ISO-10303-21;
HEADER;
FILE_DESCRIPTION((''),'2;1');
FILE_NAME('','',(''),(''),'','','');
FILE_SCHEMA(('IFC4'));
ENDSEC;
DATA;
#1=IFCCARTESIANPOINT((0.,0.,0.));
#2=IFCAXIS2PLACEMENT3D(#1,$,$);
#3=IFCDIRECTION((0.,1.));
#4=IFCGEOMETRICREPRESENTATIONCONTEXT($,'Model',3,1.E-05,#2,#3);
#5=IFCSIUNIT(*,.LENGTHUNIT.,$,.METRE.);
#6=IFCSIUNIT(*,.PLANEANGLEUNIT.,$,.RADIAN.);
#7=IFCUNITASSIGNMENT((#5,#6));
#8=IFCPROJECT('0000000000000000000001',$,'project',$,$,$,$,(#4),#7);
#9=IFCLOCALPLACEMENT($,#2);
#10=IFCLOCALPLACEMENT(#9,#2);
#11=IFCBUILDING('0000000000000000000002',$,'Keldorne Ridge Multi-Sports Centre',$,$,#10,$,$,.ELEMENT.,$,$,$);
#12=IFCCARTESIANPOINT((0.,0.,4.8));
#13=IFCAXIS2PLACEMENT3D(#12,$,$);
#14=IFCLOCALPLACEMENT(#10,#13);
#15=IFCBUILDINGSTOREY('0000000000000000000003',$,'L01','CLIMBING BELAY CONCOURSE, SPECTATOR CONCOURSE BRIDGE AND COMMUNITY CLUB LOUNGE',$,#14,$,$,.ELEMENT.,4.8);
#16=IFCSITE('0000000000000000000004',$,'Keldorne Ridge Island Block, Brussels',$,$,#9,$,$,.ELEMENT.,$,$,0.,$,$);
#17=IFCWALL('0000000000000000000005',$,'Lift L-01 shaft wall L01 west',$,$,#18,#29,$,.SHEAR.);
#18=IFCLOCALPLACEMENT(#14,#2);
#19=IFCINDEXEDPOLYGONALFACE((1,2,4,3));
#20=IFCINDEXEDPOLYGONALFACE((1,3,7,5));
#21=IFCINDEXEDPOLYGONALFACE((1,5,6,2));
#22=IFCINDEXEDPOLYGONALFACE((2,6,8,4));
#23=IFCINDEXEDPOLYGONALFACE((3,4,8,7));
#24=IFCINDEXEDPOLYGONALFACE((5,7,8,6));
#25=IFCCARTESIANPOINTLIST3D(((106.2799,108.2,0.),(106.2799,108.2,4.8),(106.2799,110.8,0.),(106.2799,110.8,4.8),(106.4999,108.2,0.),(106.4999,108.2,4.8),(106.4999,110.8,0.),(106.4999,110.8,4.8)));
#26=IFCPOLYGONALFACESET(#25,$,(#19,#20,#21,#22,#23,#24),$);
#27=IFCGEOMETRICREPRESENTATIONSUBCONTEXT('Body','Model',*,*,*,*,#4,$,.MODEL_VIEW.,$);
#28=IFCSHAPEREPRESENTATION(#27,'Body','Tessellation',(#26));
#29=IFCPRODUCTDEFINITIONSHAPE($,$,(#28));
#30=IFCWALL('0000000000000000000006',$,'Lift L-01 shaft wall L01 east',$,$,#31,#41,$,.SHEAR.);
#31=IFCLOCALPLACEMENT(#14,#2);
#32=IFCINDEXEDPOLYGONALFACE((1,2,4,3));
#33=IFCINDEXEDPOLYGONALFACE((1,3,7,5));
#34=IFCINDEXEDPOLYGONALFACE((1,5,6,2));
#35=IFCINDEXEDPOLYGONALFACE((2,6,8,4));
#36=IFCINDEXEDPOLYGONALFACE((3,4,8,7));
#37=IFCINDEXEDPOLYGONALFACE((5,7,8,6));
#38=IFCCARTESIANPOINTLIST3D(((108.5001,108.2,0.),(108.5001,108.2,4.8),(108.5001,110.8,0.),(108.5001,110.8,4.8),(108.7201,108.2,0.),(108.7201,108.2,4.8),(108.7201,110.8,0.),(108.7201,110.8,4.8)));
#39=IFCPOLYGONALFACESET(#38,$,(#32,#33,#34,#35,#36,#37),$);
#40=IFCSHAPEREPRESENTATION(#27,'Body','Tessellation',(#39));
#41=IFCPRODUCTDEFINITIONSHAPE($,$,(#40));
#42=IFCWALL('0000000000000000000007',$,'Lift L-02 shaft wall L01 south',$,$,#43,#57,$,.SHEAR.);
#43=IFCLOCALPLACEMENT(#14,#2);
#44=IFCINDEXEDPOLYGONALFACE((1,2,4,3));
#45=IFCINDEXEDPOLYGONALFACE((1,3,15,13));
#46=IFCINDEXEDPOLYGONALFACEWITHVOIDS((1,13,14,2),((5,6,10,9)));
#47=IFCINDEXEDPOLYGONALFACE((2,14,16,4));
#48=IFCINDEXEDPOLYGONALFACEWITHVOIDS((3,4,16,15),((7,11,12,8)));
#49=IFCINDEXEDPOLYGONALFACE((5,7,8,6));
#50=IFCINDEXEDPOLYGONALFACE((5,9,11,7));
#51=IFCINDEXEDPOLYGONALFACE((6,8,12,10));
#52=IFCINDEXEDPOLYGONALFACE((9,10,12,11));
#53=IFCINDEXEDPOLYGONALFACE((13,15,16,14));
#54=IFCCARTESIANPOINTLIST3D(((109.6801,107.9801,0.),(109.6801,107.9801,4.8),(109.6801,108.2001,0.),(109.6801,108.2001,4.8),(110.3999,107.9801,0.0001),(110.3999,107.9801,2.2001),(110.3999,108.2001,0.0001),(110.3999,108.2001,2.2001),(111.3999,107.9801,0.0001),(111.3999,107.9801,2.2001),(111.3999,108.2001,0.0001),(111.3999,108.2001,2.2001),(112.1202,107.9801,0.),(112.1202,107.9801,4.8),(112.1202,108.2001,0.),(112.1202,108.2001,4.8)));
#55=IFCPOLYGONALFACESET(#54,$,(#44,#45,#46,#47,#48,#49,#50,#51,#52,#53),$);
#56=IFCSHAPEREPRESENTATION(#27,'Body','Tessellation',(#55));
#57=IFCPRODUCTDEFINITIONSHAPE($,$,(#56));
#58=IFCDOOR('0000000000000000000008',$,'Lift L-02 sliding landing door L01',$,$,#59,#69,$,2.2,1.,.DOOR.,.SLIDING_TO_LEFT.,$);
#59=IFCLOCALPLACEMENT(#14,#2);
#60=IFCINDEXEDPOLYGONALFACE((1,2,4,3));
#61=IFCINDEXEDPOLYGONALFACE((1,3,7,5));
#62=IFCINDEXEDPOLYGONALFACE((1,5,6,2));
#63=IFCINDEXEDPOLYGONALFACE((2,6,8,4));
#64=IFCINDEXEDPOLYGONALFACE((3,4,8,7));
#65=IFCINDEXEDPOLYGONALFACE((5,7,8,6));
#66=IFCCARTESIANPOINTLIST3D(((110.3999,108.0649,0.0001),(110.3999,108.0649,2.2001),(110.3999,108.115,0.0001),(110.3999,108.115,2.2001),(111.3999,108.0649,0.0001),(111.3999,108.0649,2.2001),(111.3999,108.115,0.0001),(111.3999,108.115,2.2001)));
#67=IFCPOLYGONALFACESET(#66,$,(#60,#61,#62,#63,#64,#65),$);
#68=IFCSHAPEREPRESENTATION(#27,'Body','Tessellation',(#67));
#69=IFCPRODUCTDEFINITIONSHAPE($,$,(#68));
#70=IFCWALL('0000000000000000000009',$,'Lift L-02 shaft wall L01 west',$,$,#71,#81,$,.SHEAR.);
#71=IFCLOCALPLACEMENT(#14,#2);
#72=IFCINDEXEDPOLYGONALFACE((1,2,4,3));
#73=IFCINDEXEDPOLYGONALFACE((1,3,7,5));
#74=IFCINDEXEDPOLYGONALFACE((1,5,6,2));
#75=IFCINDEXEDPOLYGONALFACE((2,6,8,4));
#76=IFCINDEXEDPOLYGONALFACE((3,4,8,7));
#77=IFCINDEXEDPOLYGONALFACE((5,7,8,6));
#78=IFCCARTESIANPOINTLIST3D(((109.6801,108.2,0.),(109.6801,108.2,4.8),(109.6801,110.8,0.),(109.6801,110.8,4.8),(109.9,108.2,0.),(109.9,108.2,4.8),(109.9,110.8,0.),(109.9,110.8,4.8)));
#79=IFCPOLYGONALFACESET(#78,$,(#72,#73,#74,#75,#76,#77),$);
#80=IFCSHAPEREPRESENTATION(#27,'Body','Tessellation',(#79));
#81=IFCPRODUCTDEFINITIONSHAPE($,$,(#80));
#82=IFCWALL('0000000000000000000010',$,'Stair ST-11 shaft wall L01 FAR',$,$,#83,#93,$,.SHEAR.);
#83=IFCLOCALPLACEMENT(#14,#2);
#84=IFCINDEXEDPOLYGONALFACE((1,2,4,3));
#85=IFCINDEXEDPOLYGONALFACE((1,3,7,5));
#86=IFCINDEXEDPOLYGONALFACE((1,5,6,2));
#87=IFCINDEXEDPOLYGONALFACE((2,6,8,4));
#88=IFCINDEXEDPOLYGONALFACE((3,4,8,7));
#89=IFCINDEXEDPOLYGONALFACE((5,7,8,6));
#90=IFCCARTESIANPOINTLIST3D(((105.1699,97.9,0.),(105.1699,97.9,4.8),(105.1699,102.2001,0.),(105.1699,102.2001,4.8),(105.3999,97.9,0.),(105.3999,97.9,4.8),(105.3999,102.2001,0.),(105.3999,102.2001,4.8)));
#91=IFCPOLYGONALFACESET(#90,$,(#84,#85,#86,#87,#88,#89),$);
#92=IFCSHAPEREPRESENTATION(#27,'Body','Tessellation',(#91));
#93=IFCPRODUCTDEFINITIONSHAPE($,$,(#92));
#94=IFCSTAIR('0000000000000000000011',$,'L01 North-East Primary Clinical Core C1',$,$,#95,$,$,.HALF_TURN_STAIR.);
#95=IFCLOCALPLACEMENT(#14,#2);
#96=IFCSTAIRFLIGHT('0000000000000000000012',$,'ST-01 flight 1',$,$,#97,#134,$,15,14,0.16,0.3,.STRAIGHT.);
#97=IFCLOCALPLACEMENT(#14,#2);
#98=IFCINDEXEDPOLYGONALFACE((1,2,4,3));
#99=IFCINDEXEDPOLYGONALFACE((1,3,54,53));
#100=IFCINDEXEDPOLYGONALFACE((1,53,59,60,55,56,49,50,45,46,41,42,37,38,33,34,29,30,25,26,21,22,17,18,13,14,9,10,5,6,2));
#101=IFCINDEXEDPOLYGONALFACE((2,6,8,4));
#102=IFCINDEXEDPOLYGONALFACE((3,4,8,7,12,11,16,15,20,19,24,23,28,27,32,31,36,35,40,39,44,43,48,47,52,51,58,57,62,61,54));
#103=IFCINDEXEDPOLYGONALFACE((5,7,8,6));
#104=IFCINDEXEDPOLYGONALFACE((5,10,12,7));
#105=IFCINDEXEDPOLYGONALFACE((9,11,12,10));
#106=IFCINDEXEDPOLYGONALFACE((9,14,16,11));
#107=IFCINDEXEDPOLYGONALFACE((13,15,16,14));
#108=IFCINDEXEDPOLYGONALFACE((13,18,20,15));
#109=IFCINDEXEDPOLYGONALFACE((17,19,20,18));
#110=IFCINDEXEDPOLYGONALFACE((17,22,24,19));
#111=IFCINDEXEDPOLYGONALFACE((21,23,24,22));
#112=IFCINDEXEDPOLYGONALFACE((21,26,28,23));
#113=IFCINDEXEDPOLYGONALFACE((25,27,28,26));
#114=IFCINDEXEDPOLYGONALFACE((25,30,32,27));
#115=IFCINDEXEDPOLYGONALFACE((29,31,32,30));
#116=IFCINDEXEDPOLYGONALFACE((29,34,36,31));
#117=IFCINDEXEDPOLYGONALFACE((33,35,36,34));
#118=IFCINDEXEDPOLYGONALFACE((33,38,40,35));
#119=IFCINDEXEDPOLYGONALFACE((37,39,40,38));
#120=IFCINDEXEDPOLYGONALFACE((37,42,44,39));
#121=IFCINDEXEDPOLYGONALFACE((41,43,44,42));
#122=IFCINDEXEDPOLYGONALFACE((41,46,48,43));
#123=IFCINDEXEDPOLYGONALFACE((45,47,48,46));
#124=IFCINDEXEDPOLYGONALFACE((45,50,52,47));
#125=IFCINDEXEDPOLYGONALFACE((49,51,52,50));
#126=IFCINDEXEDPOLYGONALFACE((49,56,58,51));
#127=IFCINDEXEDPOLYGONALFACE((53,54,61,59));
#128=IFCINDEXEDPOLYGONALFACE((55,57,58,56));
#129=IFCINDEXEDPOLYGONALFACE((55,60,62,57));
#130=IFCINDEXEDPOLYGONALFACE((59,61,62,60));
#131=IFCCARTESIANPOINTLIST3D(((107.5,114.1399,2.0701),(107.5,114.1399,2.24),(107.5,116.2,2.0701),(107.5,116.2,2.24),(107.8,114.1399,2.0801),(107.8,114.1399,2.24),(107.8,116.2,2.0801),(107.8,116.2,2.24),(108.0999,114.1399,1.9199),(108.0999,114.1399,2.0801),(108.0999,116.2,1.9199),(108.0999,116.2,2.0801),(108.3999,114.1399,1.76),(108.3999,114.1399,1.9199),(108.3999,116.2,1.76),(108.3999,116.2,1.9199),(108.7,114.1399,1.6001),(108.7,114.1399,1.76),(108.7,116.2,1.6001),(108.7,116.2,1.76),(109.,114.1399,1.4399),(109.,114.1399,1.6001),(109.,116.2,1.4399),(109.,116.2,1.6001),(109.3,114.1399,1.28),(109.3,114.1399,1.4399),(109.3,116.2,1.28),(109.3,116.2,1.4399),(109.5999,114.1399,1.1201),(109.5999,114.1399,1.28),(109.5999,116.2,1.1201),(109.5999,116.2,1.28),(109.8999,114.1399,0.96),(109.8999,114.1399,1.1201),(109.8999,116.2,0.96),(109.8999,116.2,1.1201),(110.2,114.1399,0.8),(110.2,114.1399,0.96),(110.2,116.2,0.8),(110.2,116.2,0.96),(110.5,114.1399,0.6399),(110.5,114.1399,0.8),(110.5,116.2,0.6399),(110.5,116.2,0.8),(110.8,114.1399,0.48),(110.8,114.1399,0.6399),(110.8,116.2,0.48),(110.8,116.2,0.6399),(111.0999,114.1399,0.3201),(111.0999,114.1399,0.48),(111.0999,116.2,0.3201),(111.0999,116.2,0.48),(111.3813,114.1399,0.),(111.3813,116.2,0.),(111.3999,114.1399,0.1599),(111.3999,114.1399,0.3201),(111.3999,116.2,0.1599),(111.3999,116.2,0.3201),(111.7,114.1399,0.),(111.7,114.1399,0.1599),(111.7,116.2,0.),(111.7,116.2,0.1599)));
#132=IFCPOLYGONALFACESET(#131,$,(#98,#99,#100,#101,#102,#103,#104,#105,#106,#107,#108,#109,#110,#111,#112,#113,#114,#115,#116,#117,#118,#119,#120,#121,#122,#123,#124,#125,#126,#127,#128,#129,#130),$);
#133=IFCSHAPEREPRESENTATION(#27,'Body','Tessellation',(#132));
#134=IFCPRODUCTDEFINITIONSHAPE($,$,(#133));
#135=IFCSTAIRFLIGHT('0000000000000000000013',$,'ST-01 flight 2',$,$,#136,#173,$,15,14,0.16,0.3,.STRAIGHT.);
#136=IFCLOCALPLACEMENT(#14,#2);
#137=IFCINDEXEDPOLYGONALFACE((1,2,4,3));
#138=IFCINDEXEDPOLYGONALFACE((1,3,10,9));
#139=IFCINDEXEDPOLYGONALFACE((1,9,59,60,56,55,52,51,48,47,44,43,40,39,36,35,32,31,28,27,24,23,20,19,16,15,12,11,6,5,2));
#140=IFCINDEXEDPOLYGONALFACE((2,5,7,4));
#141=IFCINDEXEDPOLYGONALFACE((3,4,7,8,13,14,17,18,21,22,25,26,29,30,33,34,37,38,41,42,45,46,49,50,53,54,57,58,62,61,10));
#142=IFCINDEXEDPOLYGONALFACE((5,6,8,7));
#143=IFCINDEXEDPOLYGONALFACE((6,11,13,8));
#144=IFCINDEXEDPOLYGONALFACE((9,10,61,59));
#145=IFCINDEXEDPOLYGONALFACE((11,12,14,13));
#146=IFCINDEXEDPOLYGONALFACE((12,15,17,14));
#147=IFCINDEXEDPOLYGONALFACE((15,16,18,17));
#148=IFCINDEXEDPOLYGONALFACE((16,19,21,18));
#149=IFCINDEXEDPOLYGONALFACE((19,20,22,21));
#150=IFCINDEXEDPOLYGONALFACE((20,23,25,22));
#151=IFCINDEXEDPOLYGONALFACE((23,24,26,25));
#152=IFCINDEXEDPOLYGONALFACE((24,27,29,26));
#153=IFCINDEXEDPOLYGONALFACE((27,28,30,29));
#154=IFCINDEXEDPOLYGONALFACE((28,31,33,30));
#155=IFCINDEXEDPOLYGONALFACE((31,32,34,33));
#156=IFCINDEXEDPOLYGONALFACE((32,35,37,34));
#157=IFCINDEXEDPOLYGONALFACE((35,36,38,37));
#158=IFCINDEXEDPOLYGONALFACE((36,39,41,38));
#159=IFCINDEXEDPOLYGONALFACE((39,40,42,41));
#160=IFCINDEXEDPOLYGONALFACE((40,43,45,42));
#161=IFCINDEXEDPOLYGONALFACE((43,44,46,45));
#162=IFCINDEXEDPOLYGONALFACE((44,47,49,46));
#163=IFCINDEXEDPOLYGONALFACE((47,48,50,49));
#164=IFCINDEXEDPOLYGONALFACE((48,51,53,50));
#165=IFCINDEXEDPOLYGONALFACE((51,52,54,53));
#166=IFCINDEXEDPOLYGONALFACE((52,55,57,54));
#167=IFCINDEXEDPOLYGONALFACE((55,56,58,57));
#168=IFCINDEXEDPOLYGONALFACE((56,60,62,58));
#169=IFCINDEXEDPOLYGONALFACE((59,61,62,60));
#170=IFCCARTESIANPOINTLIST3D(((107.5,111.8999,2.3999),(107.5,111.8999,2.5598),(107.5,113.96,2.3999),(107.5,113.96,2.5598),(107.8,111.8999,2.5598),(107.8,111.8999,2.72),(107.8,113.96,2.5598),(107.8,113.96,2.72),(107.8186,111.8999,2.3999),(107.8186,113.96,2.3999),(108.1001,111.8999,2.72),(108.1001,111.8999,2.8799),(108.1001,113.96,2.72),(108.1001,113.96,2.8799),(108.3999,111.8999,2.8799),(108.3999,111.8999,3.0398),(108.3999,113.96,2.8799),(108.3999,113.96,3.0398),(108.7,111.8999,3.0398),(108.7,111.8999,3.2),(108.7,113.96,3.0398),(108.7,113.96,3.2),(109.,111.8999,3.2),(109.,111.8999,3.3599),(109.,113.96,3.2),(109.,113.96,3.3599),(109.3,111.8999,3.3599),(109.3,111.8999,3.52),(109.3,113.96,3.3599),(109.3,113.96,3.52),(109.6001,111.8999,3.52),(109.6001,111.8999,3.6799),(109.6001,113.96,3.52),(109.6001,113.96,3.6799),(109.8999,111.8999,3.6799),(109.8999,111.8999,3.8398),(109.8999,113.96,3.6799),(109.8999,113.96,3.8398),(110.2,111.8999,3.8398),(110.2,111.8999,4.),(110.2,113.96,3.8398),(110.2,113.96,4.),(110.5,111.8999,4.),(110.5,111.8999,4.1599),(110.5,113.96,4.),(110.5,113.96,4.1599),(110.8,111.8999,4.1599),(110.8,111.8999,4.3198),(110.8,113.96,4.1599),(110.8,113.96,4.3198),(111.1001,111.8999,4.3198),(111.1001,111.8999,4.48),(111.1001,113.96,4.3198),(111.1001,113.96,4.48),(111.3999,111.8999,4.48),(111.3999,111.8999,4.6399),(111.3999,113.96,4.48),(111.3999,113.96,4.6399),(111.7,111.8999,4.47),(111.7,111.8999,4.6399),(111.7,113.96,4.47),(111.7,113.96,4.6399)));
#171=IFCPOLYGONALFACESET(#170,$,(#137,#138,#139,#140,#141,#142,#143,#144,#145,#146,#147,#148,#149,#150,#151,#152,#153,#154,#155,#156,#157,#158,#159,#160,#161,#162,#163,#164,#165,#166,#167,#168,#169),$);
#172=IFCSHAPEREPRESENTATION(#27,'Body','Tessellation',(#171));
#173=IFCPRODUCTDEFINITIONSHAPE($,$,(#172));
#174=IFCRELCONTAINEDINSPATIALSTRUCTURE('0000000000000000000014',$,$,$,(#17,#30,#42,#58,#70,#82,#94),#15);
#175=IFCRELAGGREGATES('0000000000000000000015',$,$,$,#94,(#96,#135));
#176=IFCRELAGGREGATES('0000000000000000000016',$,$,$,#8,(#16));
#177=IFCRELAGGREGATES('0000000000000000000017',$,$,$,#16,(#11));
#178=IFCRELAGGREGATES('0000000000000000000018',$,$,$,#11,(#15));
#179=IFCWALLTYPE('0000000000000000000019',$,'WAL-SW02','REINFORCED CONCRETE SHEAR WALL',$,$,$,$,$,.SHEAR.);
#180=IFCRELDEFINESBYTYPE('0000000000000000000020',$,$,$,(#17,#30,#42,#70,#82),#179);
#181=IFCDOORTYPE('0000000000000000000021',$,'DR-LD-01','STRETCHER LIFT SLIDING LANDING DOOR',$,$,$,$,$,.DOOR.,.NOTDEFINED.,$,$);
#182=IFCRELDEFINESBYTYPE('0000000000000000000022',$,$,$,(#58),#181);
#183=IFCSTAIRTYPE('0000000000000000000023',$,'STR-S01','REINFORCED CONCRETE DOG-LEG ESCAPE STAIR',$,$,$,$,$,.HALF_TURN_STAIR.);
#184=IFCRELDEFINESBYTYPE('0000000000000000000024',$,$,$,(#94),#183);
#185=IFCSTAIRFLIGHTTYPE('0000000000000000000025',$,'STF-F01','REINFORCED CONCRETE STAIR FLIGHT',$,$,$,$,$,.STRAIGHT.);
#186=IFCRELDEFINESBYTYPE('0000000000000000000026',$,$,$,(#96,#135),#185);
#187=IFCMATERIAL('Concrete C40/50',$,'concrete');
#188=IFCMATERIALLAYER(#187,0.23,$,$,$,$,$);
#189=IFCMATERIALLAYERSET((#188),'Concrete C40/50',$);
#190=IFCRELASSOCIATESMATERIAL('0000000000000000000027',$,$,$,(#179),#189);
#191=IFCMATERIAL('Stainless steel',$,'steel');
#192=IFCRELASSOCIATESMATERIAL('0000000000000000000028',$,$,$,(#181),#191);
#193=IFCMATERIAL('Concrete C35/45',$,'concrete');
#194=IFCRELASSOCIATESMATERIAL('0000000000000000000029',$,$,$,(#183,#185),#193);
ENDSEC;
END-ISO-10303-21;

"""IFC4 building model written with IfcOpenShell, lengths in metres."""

from ifc_helpers import new_model, si_unit, direction, frame, frame_2d, origin, place, context, subcontext, project, spatial, polyline, rectangle, outline, extrude, material, layer, layer_set, type_object, element, fill, aggregate, save


model = new_model("IFC4")

# Units and contexts
model_context = context("Model", 3, precision=1e-05, world=origin(), true_north=direction((0.0, 1.0)))
body_context = subcontext(model_context, "Body", "Model", "MODEL_VIEW")
ifc_project = project(units=[si_unit("LENGTHUNIT", "METRE"), si_unit("PLANEANGLEUNIT", "RADIAN")], contexts=[model_context])

# Site, building, storey
site_placement = place(None, origin())
site = spatial("IfcSite", under=ifc_project, at=site_placement, Name="Keldorne Ridge Island Block, Brussels", CompositionType="ELEMENT", RefElevation=0.0)
building_placement = place(site_placement, origin())
building = spatial("IfcBuilding", under=site, at=building_placement, Name="Keldorne Ridge Multi-Sports Centre", CompositionType="ELEMENT")
storey_placement = place(building_placement, frame((0.0, 0.0, 4.8)))
storey = spatial("IfcBuildingStorey", under=building, at=storey_placement, Name="L01", Description="CLIMBING BELAY CONCOURSE, SPECTATOR CONCOURSE BRIDGE AND COMMUNITY CLUB LOUNGE", CompositionType="ELEMENT", Elevation=4.8)

# Shared definitions
ifc_material_1 = material(Name="Concrete C40/50", Category="concrete")

# Shared definitions
ifc_layer_1 = layer(ifc_material_1, 0.23)
ifc_layer_set_1 = layer_set([ifc_layer_1], Name="Concrete C40/50")
wall_type_1 = type_object("IfcWallType", Name="WAL-SW02", Description="REINFORCED CONCRETE SHEAR WALL", PredefinedType="SHEAR", material=ifc_layer_set_1)
ifc_material_2 = material(Name="Stainless steel", Category="steel")
door_type = type_object("IfcDoorType", Name="DR-LD-01", Description="STRETCHER LIFT SLIDING LANDING DOOR", OperationType="NOTDEFINED", PredefinedType="DOOR", material=ifc_material_2)

# Walls
for number, where, z_axis, x_axis, name in (
    (1, (106.3899, 110.8, 0.0), (0.0, 0.0, 1.0), (0.0, -1.0, 0.0), "Lift L-01 shaft wall L01 west"),
    (2, (108.6101, 108.2, 0.0), (0.0, 0.0, 1.0), (0.0, 1.0, 0.0), "Lift L-01 shaft wall L01 east"),
):
    element("IfcWall", number, at=place(storey_placement, frame(where, z_axis=z_axis, x_axis=x_axis)), inside=storey, type_object=wall_type_1, Name=name, PredefinedType="SHEAR", context=body_context, shape_type="SweptSolid", body=[
        extrude(rectangle(XDim=2.6001, YDim=0.22, at=frame_2d((1.3, 0.0))), origin(), (0.0, 0.0, 1.0), 4.8),
    ])

# Wall, opening, door
wall_1_placement = place(storey_placement, frame((109.6799, 108.0901, 0.0), z_axis=(0.0, 0.0, 1.0), x_axis=(1.0, 0.0, 0.0)))
wall_1 = element("IfcWall", 3, at=wall_1_placement, inside=storey, type_object=wall_type_1, Name="Lift L-02 shaft wall L01 south", PredefinedType="SHEAR", context=body_context, shape_type="SweptSolid", body=[
    extrude(rectangle(XDim=2.4402, YDim=0.22, at=frame_2d((1.2202, 0.0))), origin(), (0.0, 0.0, 1.0), 4.8),
])
opening_1_placement = place(wall_1_placement, frame((0.72, 0.0, 0.0)))
opening_1 = element("IfcOpeningElement", 4, at=opening_1_placement, cuts=wall_1, PredefinedType="OPENING", context=body_context, shape_type="SweptSolid", body=[
    extrude(rectangle(XDim=1.0, YDim=2.2, at=frame_2d((0.5, 1.1001))), frame((0.0, 0.1201, 0.0), z_axis=(0.0, -1.0, 0.0), x_axis=(1.0, 0.0, 0.0)), (0.0, 0.0, 1.0), 0.24),
])
door_1_placement = place(opening_1_placement, origin())
door_1 = element("IfcDoor", 5, at=door_1_placement, inside=storey, type_object=door_type, Name="Lift L-02 sliding landing door L01", OperationType="SLIDING_TO_LEFT", OverallHeight=2.2, OverallWidth=1.0, PredefinedType="DOOR", context=body_context, shape_type="SweptSolid", body=[
    extrude(rectangle(XDim=1.0, YDim=2.2, at=frame_2d((0.5, 1.1001))), frame((0.0, 0.0249, 0.0), z_axis=(0.0, -1.0, 0.0), x_axis=(1.0, 0.0, 0.0)), (0.0, 0.0, 1.0), 0.05),
])
fill(opening_1, door_1)

# Walls
wall_2_placement = place(storey_placement, frame((109.79, 110.8, 0.0), z_axis=(0.0, 0.0, 1.0), x_axis=(0.0, -1.0, 0.0)))
element("IfcWall", 6, at=wall_2_placement, inside=storey, type_object=wall_type_1, Name="Lift L-02 shaft wall L01 west", PredefinedType="SHEAR", context=body_context, shape_type="SweptSolid", body=[
    extrude(rectangle(XDim=2.6001, YDim=0.22, at=frame_2d((1.3, 0.0))), origin(), (0.0, 0.0, 1.0), 4.8),
])
wall_3_placement = place(storey_placement, frame((105.2849, 102.2, 0.0), z_axis=(0.0, 0.0, 1.0), x_axis=(0.0, -1.0, 0.0)))
element("IfcWall", 7, at=wall_3_placement, inside=storey, type_object=wall_type_1, Name="Stair ST-11 shaft wall L01 FAR", PredefinedType="SHEAR", context=body_context, shape_type="SweptSolid", body=[
    extrude(rectangle(XDim=4.3, YDim=0.23, at=frame_2d((2.1499, 0.0))), origin(), (0.0, 0.0, 1.0), 4.8),
])

# Stair, stair flights
ifc_material_3 = material(Name="Concrete C35/45", Category="concrete")
stair_type = type_object("IfcStairType", Name="STR-S01", Description="REINFORCED CONCRETE DOG-LEG ESCAPE STAIR", PredefinedType="HALF_TURN_STAIR", material=ifc_material_3)
stair_1_placement = place(storey_placement, origin())
stair_1 = element("IfcStair", 8, at=stair_1_placement, inside=storey, type_object=stair_type, Name="L01 North-East Primary Clinical Core C1", PredefinedType="HALF_TURN_STAIR")
stair_flight_type = type_object("IfcStairFlightType", Name="STF-F01", Description="REINFORCED CONCRETE STAIR FLIGHT", PredefinedType="STRAIGHT", material=ifc_material_3)
stair_flight_1_placement = place(storey_placement, frame((111.7, 115.1699, 0.0), z_axis=(0.0, 0.0, 1.0), x_axis=(-1.0, 0.0, 0.0)))
stair_flight_1 = element("IfcStairFlight", 9, at=stair_flight_1_placement, type_object=stair_flight_type, Name="ST-01 flight 1", NumberOfRisers=15, NumberOfTreads=14, PredefinedType="STRAIGHT", RiserHeight=0.16, TreadLength=0.3, context=body_context, shape_type="SweptSolid", body=[
    extrude(outline(polyline([(0.0, 0.0), (0.0, 0.1599), (0.3, 0.1599), (0.3, 0.3201), (0.6001, 0.3201), (0.6001, 0.48), (0.8999, 0.48), (0.8999, 0.6399), (1.2, 0.6399), (1.2, 0.8), (1.5, 0.8), (1.5, 0.96), (1.8, 0.96), (1.8, 1.1201), (2.1001, 1.1201), (2.1001, 1.28), (2.3999, 1.28), (2.3999, 1.4399), (2.7, 1.4399), (2.7, 1.6001), (3.0, 1.6001), (3.0, 1.76), (3.3, 1.76), (3.3, 1.9199), (3.6001, 1.9199), (3.6001, 2.0801), (3.8999, 2.0801), (3.8999, 2.24), (4.2, 2.24), (4.2, 2.3999), (4.2, 2.0701), (0.3186, 0.0), (0.0, 0.0)])), frame((0.0, 1.03, 0.0), z_axis=(0.0, -1.0, 0.0), x_axis=(1.0, 0.0, 0.0)), (0.0, 0.0, 1.0), 2.0601),
])
stair_flight_2_placement = place(storey_placement, frame((107.5, 112.9299, 2.3999), z_axis=(0.0, 0.0, 1.0), x_axis=(1.0, 0.0, 0.0)))
stair_flight_2 = element("IfcStairFlight", 10, at=stair_flight_2_placement, type_object=stair_flight_type, Name="ST-01 flight 2", NumberOfRisers=15, NumberOfTreads=14, PredefinedType="STRAIGHT", RiserHeight=0.16, TreadLength=0.3, context=body_context, shape_type="SweptSolid", body=[
    extrude(outline(polyline([(0.0, 0.0), (0.0, 0.1599), (0.3, 0.1599), (0.3, 0.3201), (0.6001, 0.3201), (0.6001, 0.48), (0.8999, 0.48), (0.8999, 0.6399), (1.2, 0.6399), (1.2, 0.8), (1.5, 0.8), (1.5, 0.96), (1.8, 0.96), (1.8, 1.1201), (2.1001, 1.1201), (2.1001, 1.28), (2.3999, 1.28), (2.3999, 1.4399), (2.7, 1.4399), (2.7, 1.6001), (3.0, 1.6001), (3.0, 1.76), (3.3, 1.76), (3.3, 1.9199), (3.6001, 1.9199), (3.6001, 2.0801), (3.8999, 2.0801), (3.8999, 2.24), (4.2, 2.24), (4.2, 2.3999), (4.2, 2.0701), (0.3186, 0.0), (0.0, 0.0)])), frame((0.0, 1.03, 0.0), z_axis=(0.0, -1.0, 0.0), x_axis=(1.0, 0.0, 0.0)), (0.0, 0.0, 1.0), 2.0601),
])
aggregate(stair_1, [stair_flight_1, stair_flight_2])

save(model, "model.ifc")
